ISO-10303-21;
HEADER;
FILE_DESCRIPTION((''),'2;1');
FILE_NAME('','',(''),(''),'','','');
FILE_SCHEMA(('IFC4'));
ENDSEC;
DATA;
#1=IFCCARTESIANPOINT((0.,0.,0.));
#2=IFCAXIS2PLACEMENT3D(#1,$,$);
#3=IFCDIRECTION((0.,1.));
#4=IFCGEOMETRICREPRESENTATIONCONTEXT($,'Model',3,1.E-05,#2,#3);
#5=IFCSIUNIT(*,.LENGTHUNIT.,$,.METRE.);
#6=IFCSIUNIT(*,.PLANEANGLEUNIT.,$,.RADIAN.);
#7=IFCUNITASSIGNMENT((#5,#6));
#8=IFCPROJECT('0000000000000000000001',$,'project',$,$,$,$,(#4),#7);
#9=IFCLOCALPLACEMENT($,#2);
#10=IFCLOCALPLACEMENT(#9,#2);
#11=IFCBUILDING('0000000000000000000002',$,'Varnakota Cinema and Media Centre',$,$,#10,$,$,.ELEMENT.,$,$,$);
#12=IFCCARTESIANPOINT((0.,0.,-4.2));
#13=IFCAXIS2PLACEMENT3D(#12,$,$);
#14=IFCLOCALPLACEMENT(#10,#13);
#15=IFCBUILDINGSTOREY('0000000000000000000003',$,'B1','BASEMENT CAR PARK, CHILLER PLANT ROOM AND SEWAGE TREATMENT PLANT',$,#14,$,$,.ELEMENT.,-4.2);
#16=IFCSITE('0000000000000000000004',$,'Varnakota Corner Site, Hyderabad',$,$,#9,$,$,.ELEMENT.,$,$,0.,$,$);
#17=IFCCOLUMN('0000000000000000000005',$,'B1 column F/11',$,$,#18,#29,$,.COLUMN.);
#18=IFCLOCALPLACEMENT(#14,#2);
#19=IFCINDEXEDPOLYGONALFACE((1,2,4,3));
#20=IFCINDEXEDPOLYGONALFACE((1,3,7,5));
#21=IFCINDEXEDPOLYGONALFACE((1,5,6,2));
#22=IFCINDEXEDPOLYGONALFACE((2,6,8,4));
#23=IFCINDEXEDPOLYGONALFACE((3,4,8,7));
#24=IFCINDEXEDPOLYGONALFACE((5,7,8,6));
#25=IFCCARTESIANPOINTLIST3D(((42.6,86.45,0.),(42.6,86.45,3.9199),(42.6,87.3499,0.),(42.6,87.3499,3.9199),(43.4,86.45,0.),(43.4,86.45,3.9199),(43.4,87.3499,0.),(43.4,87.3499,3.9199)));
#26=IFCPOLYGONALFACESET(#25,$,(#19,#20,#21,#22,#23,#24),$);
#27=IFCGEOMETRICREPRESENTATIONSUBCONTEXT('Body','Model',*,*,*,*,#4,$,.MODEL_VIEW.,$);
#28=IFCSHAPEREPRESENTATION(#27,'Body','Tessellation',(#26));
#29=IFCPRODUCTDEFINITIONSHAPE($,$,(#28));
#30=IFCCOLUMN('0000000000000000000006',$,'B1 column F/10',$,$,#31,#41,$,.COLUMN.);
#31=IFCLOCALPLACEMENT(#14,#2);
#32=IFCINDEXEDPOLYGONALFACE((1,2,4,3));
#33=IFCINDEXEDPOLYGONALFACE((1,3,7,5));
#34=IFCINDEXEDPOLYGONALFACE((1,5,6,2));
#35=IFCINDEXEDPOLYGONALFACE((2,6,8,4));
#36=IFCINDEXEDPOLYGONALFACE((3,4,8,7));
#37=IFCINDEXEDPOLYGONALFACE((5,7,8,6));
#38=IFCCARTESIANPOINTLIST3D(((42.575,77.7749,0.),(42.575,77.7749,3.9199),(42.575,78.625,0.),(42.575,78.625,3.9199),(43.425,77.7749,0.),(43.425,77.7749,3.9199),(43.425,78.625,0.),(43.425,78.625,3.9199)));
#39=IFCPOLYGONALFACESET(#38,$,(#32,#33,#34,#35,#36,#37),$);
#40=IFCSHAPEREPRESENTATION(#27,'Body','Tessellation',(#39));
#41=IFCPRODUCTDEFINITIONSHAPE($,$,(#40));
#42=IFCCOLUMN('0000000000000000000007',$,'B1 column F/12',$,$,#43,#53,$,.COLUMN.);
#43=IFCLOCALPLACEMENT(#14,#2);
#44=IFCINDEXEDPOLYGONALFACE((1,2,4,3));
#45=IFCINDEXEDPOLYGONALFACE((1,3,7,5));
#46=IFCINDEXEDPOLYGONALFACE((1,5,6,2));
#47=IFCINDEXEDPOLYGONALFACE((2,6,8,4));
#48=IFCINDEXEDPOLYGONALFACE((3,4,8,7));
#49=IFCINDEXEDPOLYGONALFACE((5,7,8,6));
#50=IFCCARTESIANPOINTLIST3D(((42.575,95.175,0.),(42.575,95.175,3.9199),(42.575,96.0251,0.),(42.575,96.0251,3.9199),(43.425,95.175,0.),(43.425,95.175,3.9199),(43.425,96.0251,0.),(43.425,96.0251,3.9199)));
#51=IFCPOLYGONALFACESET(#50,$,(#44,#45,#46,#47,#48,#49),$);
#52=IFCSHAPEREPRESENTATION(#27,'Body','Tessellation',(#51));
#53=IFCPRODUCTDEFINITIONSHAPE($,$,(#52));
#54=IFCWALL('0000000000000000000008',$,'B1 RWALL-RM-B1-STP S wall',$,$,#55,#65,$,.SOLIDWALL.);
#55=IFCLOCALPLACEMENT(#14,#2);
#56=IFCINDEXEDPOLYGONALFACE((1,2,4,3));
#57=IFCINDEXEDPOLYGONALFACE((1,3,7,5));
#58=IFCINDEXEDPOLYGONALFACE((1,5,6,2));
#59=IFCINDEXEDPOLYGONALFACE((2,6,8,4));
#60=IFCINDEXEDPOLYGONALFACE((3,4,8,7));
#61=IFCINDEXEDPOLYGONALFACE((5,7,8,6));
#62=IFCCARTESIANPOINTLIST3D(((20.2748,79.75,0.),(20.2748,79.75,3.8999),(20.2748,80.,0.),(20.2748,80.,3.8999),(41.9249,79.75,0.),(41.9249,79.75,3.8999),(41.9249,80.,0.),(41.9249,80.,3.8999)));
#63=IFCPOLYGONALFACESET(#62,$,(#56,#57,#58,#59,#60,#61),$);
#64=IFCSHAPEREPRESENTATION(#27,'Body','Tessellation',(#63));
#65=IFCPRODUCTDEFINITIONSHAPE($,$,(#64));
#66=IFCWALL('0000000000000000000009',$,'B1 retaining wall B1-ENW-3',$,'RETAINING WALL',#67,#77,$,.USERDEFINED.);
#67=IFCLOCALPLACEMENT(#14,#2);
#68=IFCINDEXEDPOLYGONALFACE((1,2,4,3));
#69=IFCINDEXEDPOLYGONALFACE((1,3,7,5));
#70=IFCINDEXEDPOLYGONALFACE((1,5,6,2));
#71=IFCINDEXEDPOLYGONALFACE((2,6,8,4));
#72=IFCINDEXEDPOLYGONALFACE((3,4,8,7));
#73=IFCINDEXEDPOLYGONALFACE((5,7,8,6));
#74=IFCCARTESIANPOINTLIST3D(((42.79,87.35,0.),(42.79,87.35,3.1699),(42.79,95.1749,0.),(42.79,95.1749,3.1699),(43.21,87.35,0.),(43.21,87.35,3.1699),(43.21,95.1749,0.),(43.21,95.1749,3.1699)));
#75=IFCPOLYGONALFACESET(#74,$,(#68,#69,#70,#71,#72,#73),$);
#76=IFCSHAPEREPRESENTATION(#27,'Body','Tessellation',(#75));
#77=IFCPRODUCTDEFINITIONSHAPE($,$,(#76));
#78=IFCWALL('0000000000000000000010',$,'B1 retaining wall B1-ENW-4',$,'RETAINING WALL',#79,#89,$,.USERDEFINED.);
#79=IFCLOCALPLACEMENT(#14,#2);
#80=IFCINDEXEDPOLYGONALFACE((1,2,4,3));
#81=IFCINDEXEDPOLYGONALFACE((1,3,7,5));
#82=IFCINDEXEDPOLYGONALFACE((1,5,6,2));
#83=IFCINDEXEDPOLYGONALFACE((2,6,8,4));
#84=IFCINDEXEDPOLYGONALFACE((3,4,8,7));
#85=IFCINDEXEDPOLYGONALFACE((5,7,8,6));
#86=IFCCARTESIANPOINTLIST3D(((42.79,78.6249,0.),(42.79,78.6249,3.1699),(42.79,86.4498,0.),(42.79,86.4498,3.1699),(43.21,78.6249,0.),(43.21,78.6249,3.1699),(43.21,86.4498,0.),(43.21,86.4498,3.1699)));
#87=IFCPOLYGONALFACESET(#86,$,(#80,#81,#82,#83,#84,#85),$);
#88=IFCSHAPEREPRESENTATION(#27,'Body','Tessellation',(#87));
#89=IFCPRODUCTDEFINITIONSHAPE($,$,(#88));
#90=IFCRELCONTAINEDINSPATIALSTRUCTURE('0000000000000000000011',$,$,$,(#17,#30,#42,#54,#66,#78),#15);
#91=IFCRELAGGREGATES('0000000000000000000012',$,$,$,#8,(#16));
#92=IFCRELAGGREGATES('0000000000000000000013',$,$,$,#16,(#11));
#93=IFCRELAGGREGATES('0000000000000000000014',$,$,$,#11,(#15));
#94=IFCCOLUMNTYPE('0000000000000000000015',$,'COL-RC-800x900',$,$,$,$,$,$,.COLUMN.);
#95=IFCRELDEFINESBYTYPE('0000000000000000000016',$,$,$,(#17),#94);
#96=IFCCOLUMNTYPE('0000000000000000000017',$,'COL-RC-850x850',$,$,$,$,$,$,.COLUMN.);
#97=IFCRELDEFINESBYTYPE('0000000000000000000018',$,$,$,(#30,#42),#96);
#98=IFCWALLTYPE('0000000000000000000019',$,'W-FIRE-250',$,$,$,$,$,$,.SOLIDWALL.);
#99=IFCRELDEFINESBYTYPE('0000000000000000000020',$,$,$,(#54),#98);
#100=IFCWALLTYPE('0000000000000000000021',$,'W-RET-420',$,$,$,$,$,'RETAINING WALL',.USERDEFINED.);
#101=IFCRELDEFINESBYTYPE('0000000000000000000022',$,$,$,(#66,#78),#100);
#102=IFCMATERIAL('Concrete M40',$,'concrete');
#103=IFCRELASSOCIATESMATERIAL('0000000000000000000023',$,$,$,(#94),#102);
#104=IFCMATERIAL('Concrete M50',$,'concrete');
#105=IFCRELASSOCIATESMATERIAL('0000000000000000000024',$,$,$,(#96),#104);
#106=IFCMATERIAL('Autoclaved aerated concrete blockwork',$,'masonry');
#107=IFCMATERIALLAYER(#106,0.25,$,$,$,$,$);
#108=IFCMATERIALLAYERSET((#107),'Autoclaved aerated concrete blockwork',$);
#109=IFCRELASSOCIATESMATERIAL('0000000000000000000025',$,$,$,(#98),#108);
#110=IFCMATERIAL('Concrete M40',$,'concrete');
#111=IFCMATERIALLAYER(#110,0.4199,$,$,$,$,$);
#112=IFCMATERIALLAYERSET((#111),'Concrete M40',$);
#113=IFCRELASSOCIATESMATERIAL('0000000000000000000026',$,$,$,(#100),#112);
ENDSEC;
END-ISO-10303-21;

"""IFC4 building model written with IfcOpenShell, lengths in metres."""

from ifc_helpers import new_model, si_unit, direction, frame, frame_2d, origin, origin_2d, place, context, subcontext, project, spatial, rectangle, extrude, material, layer, layer_set, material_profile, profile_set, type_object, element, save


model = new_model("IFC4")

# Units and contexts
model_context = context("Model", 3, precision=1e-05, world=origin(), true_north=direction((0.0, 1.0)))
body_context = subcontext(model_context, "Body", "Model", "MODEL_VIEW")
ifc_project = project(units=[si_unit("LENGTHUNIT", "METRE"), si_unit("PLANEANGLEUNIT", "RADIAN")], contexts=[model_context])

# Site, building, storey
site_placement = place(None, origin())
site = spatial("IfcSite", under=ifc_project, at=site_placement, Name="Varnakota Corner Site, Hyderabad", CompositionType="ELEMENT", RefElevation=0.0)
building_placement = place(site_placement, origin())
building = spatial("IfcBuilding", under=site, at=building_placement, Name="Varnakota Cinema and Media Centre", CompositionType="ELEMENT")
storey_placement = place(building_placement, frame((0.0, 0.0, -4.2)))
storey = spatial("IfcBuildingStorey", under=building, at=storey_placement, Name="B1", Description="BASEMENT CAR PARK, CHILLER PLANT ROOM AND SEWAGE TREATMENT PLANT", CompositionType="ELEMENT", Elevation=-4.2)

# Columns
ifc_material_1 = material(Name="Concrete M40", Category="concrete")
ifc_material_profile_1 = material_profile(ifc_material_1, rectangle(XDim=0.8, YDim=0.8999, at=origin_2d()), Name="RC 800x900")
ifc_profile_set_1 = profile_set([ifc_material_profile_1], Name="Concrete M40")
column_type_1 = type_object("IfcColumnType", Name="COL-RC-800x900", PredefinedType="COLUMN", material=ifc_profile_set_1)
for number, where, z_axis, x_axis, name in (
    (1, (43.0, 86.8999, 0.0), (0.0, 0.0, 1.0), (1.0, 0.0, 0.0), "B1 column F/11"),
):
    element("IfcColumn", number, at=place(storey_placement, frame(where, z_axis=z_axis, x_axis=x_axis)), inside=storey, type_object=column_type_1, Name=name, PredefinedType="COLUMN", context=body_context, shape_type="SweptSolid", body=[
        extrude(rectangle(XDim=0.8, YDim=0.8999, at=origin_2d()), origin(), (0.0, 0.0, 1.0), 3.9199),
    ])
ifc_material_2 = material(Name="Concrete M50", Category="concrete")
ifc_material_profile_2 = material_profile(ifc_material_2, rectangle(XDim=0.8501, YDim=0.8501, at=origin_2d()), Name="RC 850x850")
ifc_profile_set_2 = profile_set([ifc_material_profile_2], Name="Concrete M50")
column_type_2 = type_object("IfcColumnType", Name="COL-RC-850x850", PredefinedType="COLUMN", material=ifc_profile_set_2)
for number, where, z_axis, x_axis, name in (
    (2, (43.0, 78.2, 0.0), (0.0, 0.0, 1.0), (1.0, 0.0, 0.0), "B1 column F/10"),
    (3, (43.0, 95.6001, 0.0), (0.0, 0.0, 1.0), (1.0, 0.0, 0.0), "B1 column F/12"),
):
    element("IfcColumn", number, at=place(storey_placement, frame(where, z_axis=z_axis, x_axis=x_axis)), inside=storey, type_object=column_type_2, Name=name, PredefinedType="COLUMN", context=body_context, shape_type="SweptSolid", body=[
        extrude(rectangle(XDim=0.8501, YDim=0.8501, at=origin_2d()), origin(), (0.0, 0.0, 1.0), 3.9199),
    ])

# Walls
ifc_material_3 = material(Name="Autoclaved aerated concrete blockwork", Category="masonry")
ifc_layer_1 = layer(ifc_material_3, 0.25)
ifc_layer_set_1 = layer_set([ifc_layer_1], Name="Autoclaved aerated concrete blockwork")
wall_type_1 = type_object("IfcWallType", Name="W-FIRE-250", PredefinedType="SOLIDWALL", material=ifc_layer_set_1)
wall_placement = place(storey_placement, frame((41.925, 79.875, 0.0), z_axis=(0.0, 0.0, 1.0), x_axis=(-1.0, 0.0, 0.0)))
element("IfcWall", 4, at=wall_placement, inside=storey, type_object=wall_type_1, Name="B1 RWALL-RM-B1-STP S wall", PredefinedType="SOLIDWALL", context=body_context, shape_type="SweptSolid", body=[
    extrude(rectangle(XDim=21.6501, YDim=0.25, at=frame_2d((10.8252, 0.0))), origin(), (0.0, 0.0, 1.0), 3.8999),
])
ifc_material_4 = material(Name="Concrete M40", Category="concrete")
ifc_layer_2 = layer(ifc_material_4, 0.4199)
ifc_layer_set_2 = layer_set([ifc_layer_2], Name="Concrete M40")
wall_type_2 = type_object("IfcWallType", Name="W-RET-420", ElementType="RETAINING WALL", PredefinedType="USERDEFINED", material=ifc_layer_set_2)
for number, where, z_axis, x_axis, name in (
    (5, (43.0, 95.175, 0.0), (0.0, 0.0, 1.0), (0.0, -1.0, 0.0), "B1 retaining wall B1-ENW-3"),
    (6, (43.0, 86.45, 0.0), (0.0, 0.0, 1.0), (0.0, -1.0, 0.0), "B1 retaining wall B1-ENW-4"),
):
    element("IfcWall", number, at=place(storey_placement, frame(where, z_axis=z_axis, x_axis=x_axis)), inside=storey, type_object=wall_type_2, Name=name, ObjectType="RETAINING WALL", PredefinedType="USERDEFINED", context=body_context, shape_type="SweptSolid", body=[
        extrude(rectangle(XDim=7.825, YDim=0.4199, at=frame_2d((3.9126, 0.0))), origin(), (0.0, 0.0, 1.0), 3.1699),
    ])

save(model, "model.ifc")
